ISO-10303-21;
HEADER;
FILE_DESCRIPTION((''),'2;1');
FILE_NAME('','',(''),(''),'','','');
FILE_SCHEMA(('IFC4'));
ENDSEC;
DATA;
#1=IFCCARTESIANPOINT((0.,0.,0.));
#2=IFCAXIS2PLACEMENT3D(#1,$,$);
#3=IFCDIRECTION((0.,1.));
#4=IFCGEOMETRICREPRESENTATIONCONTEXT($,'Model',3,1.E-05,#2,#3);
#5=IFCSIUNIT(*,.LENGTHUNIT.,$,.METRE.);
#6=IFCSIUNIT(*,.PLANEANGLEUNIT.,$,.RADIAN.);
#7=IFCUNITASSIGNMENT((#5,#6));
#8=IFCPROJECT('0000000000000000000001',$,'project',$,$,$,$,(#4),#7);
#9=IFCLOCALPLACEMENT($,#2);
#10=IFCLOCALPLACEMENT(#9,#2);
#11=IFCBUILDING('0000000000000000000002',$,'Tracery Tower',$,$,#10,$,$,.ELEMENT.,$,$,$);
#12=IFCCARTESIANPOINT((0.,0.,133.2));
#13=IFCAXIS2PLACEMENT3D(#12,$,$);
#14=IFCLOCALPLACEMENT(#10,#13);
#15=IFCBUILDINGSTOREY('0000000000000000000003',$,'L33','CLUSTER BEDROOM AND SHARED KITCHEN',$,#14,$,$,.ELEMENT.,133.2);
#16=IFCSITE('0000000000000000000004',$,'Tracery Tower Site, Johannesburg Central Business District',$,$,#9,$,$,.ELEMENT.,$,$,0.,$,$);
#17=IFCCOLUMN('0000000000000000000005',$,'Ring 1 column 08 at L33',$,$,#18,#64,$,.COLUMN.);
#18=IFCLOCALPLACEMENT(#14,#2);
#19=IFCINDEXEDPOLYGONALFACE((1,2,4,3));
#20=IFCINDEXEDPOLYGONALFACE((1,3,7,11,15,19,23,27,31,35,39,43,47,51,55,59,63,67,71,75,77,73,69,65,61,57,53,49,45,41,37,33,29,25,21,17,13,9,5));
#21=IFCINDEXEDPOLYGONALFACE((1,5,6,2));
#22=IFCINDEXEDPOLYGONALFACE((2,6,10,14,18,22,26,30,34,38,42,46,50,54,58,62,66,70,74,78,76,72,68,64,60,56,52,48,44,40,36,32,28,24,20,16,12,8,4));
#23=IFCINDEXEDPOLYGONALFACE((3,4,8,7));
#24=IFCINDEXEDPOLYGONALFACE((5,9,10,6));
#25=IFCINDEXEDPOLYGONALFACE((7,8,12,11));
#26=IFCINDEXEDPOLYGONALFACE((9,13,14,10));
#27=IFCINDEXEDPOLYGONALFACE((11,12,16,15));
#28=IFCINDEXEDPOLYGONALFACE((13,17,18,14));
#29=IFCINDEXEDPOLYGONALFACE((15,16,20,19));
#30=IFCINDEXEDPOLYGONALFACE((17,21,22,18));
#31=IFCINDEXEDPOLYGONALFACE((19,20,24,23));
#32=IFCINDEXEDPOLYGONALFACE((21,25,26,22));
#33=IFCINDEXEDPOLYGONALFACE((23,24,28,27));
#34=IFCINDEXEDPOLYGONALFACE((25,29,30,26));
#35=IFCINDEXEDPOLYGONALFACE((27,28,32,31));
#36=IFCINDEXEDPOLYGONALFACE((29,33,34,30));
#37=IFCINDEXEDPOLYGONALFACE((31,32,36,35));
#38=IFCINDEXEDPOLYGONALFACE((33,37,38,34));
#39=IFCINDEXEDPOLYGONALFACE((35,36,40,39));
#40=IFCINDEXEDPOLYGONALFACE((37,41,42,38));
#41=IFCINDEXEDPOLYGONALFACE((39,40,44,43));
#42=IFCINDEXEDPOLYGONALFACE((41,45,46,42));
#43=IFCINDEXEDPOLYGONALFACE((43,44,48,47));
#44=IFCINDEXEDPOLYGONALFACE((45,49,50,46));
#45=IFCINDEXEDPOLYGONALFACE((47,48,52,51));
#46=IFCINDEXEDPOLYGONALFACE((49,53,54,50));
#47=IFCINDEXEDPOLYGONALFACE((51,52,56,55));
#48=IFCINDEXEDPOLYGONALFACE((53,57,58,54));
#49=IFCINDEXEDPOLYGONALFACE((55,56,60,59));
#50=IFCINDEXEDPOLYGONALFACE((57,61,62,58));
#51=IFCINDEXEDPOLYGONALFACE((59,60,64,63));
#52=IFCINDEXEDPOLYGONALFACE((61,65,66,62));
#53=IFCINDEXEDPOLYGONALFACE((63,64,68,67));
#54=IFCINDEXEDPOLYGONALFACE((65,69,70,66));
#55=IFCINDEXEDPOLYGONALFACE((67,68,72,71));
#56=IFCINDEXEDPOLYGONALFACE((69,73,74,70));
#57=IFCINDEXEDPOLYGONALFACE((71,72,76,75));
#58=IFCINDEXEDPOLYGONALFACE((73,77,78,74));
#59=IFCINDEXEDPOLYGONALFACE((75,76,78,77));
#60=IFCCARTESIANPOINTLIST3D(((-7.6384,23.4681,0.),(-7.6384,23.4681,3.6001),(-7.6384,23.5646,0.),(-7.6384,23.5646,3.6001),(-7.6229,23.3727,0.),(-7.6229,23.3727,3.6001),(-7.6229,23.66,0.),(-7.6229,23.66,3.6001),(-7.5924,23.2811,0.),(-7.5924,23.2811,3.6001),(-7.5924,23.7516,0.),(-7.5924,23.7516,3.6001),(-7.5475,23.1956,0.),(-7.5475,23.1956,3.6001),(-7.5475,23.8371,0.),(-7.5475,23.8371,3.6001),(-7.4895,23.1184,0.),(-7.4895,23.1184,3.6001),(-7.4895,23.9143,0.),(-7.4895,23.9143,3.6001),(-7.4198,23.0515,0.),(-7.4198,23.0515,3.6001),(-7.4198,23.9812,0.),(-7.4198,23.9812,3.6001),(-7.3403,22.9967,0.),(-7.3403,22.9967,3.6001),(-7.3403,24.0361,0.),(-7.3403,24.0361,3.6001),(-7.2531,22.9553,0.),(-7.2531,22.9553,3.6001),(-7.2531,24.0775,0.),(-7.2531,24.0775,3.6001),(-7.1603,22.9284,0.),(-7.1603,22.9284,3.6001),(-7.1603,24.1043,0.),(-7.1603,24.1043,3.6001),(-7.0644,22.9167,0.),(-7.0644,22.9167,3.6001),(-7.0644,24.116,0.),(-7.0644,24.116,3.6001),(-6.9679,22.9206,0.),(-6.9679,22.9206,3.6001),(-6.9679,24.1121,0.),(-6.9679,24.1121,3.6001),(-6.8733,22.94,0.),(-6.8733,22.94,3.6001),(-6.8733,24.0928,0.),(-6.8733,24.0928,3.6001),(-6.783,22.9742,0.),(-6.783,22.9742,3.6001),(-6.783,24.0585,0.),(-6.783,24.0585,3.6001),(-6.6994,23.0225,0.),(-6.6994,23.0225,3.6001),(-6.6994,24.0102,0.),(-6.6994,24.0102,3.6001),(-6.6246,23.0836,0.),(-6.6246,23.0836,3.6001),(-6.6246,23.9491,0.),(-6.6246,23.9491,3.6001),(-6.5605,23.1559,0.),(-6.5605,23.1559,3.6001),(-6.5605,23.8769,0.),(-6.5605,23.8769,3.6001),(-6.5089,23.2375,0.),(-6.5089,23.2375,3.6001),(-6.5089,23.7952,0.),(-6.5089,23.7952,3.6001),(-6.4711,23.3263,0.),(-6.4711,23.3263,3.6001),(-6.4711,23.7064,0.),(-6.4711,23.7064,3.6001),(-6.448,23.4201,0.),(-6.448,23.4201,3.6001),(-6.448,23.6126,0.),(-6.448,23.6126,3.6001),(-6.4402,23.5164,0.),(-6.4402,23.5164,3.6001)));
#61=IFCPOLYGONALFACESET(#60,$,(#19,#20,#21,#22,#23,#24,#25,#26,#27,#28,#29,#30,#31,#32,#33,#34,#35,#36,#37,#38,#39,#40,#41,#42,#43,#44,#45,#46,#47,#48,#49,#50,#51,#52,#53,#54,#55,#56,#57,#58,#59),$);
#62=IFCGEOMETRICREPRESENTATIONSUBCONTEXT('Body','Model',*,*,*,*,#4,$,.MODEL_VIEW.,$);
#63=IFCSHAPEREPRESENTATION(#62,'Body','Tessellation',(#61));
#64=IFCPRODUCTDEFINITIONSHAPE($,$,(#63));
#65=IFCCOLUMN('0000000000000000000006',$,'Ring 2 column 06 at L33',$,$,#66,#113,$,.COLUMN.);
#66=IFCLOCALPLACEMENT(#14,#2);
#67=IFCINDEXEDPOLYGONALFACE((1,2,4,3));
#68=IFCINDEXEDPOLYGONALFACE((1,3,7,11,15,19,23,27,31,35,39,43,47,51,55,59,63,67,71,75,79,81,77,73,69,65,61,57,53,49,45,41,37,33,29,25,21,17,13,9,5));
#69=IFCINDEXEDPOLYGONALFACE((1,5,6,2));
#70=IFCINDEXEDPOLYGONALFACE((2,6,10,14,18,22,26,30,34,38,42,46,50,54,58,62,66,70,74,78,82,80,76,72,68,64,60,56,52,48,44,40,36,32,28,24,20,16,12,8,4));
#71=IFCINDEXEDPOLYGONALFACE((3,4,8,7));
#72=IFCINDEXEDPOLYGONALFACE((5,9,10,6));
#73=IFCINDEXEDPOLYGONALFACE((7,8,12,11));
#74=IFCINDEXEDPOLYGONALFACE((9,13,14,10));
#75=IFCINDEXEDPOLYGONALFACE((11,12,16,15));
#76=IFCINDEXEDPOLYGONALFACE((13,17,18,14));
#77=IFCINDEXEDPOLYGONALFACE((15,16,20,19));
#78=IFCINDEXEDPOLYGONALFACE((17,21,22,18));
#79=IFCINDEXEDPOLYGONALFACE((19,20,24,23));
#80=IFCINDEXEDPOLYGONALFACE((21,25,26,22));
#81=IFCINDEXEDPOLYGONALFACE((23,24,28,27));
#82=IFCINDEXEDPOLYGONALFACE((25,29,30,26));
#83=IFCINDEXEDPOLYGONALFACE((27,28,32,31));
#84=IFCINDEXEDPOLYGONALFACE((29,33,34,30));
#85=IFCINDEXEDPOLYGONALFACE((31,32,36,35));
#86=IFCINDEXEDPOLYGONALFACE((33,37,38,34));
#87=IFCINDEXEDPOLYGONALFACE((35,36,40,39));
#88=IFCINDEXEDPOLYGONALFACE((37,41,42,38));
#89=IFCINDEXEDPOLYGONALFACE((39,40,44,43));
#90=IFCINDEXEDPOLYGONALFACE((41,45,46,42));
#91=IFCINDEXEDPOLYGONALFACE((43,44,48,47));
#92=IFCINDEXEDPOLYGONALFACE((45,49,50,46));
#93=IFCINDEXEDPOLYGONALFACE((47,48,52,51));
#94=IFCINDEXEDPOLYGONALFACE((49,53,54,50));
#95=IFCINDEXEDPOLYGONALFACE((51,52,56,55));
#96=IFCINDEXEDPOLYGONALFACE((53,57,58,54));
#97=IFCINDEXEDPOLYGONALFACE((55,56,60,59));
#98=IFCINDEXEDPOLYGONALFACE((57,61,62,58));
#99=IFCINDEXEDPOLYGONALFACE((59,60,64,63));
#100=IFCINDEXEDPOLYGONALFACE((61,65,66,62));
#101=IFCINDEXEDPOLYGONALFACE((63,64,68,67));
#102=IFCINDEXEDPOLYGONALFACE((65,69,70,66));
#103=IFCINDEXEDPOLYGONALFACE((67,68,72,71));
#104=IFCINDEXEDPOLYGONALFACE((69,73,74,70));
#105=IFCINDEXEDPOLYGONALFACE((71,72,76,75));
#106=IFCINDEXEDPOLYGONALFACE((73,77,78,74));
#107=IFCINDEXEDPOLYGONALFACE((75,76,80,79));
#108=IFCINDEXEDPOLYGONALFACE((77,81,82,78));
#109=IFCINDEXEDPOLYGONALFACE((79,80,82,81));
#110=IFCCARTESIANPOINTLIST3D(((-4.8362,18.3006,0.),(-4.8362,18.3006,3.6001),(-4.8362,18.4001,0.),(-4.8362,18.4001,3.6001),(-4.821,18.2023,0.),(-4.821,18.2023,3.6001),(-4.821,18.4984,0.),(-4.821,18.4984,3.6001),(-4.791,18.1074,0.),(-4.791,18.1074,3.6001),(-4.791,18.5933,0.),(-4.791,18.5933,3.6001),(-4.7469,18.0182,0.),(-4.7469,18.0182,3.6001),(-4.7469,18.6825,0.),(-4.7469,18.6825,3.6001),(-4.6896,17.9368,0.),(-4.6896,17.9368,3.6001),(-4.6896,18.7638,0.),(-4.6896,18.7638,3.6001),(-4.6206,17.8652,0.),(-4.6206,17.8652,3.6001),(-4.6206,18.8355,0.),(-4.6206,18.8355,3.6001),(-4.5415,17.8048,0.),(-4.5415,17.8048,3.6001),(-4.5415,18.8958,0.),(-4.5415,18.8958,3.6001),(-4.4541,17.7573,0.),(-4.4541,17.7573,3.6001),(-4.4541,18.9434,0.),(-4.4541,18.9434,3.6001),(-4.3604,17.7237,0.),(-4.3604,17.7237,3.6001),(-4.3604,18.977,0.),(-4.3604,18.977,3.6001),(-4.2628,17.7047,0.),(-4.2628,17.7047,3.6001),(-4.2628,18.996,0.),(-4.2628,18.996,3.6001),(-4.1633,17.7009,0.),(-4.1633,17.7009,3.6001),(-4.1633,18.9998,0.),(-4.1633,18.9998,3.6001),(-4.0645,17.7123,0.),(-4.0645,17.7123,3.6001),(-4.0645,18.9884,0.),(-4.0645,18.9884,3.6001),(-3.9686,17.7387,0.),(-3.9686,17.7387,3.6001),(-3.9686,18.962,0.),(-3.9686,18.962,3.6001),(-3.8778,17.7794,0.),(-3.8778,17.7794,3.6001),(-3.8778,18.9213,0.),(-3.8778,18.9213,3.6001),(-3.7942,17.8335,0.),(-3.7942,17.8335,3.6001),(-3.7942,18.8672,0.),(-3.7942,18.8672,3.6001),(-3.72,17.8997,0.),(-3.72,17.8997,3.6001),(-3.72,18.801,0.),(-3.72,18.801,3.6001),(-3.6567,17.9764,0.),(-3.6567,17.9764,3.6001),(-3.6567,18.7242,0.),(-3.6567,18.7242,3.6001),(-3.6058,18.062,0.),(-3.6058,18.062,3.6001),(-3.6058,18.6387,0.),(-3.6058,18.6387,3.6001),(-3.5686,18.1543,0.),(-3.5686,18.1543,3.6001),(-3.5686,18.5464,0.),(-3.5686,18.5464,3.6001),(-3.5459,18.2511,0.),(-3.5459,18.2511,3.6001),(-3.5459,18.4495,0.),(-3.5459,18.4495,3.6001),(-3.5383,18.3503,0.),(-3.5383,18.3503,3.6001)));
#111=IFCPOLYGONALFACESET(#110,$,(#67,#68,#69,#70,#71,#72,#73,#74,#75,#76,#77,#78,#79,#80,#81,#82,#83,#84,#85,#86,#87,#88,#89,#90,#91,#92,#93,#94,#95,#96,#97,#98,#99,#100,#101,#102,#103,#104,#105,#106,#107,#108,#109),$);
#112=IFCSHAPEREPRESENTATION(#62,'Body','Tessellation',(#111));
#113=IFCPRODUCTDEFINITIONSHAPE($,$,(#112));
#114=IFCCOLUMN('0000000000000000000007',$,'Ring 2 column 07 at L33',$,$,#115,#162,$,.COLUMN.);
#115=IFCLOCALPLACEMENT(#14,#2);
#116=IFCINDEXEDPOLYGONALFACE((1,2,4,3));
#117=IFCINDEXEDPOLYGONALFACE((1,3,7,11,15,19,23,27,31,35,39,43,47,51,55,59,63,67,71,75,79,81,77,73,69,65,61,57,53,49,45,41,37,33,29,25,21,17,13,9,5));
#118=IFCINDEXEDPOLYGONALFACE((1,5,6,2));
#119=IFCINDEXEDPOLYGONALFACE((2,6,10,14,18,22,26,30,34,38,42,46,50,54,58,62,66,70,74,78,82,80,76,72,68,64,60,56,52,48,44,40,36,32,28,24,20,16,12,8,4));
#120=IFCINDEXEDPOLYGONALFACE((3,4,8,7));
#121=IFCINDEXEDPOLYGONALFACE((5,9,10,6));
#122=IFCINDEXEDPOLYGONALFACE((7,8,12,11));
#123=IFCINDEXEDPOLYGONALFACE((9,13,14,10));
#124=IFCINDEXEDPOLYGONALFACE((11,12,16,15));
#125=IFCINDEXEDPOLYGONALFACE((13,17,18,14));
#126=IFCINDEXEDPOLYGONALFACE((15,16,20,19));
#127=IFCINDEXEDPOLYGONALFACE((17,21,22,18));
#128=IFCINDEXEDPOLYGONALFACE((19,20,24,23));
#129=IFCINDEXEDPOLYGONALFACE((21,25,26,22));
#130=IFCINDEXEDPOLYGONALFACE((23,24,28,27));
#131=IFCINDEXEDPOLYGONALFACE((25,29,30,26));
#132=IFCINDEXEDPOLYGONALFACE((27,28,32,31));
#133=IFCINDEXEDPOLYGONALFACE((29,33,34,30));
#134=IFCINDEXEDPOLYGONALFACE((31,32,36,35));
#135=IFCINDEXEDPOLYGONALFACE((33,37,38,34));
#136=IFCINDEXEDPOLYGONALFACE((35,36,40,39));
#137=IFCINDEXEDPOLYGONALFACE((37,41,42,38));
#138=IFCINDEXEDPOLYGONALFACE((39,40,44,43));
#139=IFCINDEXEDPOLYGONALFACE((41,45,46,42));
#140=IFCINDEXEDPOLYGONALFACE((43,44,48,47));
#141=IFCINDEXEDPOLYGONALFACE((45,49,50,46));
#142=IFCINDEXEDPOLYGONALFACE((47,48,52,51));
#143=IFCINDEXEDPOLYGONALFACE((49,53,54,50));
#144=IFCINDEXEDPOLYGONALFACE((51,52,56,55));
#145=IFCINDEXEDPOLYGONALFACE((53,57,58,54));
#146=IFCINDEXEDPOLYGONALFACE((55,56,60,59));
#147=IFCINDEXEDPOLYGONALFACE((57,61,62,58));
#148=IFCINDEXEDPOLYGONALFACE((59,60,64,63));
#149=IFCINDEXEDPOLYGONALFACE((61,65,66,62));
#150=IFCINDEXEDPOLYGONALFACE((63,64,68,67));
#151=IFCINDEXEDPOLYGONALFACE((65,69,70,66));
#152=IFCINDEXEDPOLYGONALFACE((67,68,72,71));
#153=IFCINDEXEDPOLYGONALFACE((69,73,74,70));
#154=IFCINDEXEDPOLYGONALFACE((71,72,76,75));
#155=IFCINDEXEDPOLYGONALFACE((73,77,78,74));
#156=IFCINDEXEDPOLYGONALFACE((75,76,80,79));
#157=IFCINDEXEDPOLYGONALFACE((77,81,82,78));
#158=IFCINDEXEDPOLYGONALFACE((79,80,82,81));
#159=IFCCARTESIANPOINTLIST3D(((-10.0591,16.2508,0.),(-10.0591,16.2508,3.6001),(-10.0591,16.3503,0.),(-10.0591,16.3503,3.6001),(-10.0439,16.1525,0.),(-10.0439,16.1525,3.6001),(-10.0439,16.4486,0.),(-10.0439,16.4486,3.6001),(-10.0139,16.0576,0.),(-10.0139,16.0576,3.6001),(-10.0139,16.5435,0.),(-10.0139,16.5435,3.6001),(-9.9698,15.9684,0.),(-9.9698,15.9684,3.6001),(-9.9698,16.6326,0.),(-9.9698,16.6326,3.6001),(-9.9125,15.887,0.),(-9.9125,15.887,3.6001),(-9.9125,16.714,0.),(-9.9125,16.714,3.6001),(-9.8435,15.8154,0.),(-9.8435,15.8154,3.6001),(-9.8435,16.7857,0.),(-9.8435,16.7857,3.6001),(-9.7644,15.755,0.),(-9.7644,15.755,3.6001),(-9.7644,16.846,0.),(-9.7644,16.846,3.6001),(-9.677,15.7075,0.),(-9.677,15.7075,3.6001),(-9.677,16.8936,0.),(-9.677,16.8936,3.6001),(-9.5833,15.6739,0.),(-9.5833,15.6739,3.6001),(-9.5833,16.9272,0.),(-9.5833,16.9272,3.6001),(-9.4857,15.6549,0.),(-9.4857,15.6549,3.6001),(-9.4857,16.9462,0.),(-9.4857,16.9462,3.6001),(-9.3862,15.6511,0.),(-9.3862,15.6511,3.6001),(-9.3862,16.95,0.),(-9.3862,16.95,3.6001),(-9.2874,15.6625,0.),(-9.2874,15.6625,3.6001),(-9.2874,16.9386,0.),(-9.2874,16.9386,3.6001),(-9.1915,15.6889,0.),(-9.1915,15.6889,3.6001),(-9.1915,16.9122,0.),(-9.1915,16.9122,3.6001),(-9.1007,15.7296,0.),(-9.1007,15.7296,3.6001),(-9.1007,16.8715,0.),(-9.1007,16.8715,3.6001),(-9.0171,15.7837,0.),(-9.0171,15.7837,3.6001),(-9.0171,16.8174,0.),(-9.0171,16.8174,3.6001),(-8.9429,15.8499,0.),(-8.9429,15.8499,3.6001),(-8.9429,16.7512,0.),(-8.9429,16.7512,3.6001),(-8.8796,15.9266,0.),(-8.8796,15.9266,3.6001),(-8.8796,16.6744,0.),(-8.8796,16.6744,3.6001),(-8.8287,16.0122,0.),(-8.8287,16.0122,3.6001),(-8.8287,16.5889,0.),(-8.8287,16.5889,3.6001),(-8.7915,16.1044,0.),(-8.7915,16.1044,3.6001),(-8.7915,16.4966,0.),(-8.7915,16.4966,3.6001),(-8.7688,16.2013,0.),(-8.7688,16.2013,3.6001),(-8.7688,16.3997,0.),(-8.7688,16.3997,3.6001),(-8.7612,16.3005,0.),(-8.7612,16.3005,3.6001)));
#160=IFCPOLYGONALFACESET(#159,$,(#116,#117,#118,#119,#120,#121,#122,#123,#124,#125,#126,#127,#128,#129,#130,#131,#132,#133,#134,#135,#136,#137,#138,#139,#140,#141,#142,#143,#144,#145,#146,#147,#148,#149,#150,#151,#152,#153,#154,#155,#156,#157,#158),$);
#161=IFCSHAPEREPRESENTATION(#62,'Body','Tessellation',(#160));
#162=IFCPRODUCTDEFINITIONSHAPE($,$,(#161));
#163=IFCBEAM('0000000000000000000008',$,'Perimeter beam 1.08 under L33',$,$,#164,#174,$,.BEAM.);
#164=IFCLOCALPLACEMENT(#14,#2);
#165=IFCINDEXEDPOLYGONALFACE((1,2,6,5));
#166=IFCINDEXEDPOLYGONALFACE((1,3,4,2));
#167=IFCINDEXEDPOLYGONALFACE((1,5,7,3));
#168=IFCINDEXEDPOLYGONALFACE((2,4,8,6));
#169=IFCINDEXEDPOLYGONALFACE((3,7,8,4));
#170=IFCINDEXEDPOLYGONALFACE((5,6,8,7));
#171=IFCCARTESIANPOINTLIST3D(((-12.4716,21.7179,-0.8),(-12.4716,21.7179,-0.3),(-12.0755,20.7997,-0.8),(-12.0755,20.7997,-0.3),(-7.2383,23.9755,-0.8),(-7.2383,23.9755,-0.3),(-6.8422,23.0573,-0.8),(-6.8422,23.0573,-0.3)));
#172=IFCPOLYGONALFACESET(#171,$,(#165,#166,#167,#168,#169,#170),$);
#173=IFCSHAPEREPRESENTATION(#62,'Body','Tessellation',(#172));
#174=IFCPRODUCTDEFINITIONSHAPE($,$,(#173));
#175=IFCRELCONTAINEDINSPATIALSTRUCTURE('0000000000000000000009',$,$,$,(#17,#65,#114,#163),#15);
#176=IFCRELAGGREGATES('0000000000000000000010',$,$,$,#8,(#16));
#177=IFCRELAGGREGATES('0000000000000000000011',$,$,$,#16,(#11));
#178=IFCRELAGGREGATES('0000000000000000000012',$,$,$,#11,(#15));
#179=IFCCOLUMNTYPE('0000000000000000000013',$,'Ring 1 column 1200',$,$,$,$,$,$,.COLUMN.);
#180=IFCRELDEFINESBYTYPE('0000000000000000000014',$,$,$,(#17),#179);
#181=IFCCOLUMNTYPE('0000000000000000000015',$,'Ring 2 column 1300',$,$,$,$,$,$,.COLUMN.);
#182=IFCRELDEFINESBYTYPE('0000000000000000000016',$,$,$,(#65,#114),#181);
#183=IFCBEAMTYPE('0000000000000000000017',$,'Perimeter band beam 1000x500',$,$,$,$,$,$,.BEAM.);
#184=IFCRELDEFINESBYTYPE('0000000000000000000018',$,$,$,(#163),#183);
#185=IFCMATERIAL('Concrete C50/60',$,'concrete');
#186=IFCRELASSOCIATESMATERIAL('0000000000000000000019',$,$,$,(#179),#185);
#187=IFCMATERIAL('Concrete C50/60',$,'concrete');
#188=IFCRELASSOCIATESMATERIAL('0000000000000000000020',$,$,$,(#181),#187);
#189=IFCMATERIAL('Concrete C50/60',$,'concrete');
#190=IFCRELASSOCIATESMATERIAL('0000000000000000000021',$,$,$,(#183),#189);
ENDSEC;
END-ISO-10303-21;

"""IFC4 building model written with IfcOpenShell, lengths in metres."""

from ifc_helpers import new_model, si_unit, direction, frame, origin, origin_2d, place, context, subcontext, project, spatial, rectangle, circle, extrude, material, material_profile, profile_set, type_object, element, save


model = new_model("IFC4")

# Units and contexts
model_context = context("Model", 3, precision=1e-05, world=origin(), true_north=direction((0.0, 1.0)))
body_context = subcontext(model_context, "Body", "Model", "MODEL_VIEW")
ifc_project = project(units=[si_unit("LENGTHUNIT", "METRE"), si_unit("PLANEANGLEUNIT", "RADIAN")], contexts=[model_context])

# Site, building, storey
site_placement = place(None, origin())
site = spatial("IfcSite", under=ifc_project, at=site_placement, Name="Tracery Tower Site, Johannesburg Central Business District", CompositionType="ELEMENT", RefElevation=0.0)
building_placement = place(site_placement, origin())
building = spatial("IfcBuilding", under=site, at=building_placement, Name="Tracery Tower", CompositionType="ELEMENT")
storey_placement = place(building_placement, frame((0.0, 0.0, 133.2)))
storey = spatial("IfcBuildingStorey", under=building, at=storey_placement, Name="L33", Description="CLUSTER BEDROOM AND SHARED KITCHEN", CompositionType="ELEMENT", Elevation=133.2)

# Columns
ifc_material_1 = material(Name="Concrete C50/60", Category="concrete")
ifc_material_profile_1 = material_profile(ifc_material_1, circle(Radius=0.6001, at=origin_2d()), Name="RC D1200")
ifc_profile_set_1 = profile_set([ifc_material_profile_1], Name="Concrete C50/60")
column_type_1 = type_object("IfcColumnType", Name="Ring 1 column 1200", PredefinedType="COLUMN", material=ifc_profile_set_1)
column_placement = place(storey_placement, frame((-7.0403, 23.5164, 0.0), z_axis=(0.0, 0.0, 1.0), x_axis=(1.0, 0.0, 0.0)))
element("IfcColumn", 1, at=column_placement, inside=storey, type_object=column_type_1, Name="Ring 1 column 08 at L33", PredefinedType="COLUMN", context=body_context, shape_type="SweptSolid", body=[
    extrude(circle(Radius=0.6001, at=origin_2d()), origin(), (0.0, 0.0, 1.0), 3.6001),
])
ifc_material_2 = material(Name="Concrete C50/60", Category="concrete")
ifc_material_profile_2 = material_profile(ifc_material_2, circle(Radius=0.6499, at=origin_2d()), Name="RC D1300")
ifc_profile_set_2 = profile_set([ifc_material_profile_2], Name="Concrete C50/60")
column_type_2 = type_object("IfcColumnType", Name="Ring 2 column 1300", PredefinedType="COLUMN", material=ifc_profile_set_2)
for number, where, z_axis, x_axis, name in (
    (2, (-4.1882, 18.3503, 0.0), (0.0, 0.0, 1.0), (1.0, 0.0, 0.0), "Ring 2 column 06 at L33"),
    (3, (-9.4111, 16.3005, 0.0), (0.0, 0.0, 1.0), (1.0, 0.0, 0.0), "Ring 2 column 07 at L33"),
):
    element("IfcColumn", number, at=place(storey_placement, frame(where, z_axis=z_axis, x_axis=x_axis)), inside=storey, type_object=column_type_2, Name=name, PredefinedType="COLUMN", context=body_context, shape_type="SweptSolid", body=[
        extrude(circle(Radius=0.6499, at=origin_2d()), origin(), (0.0, 0.0, 1.0), 3.6001),
    ])

# Beam
ifc_material_3 = material(Name="Concrete C50/60", Category="concrete")
ifc_material_profile_3 = material_profile(ifc_material_3, rectangle(XDim=1.0, YDim=0.5, at=origin_2d()), Name="RC 1000x500")
ifc_profile_set_3 = profile_set([ifc_material_profile_3], Name="Concrete C50/60")
beam_type = type_object("IfcBeamType", Name="Perimeter band beam 1000x500", PredefinedType="BEAM", material=ifc_profile_set_3)
beam_placement = place(storey_placement, frame((-7.0403, 23.5164, -0.55), z_axis=(-0.91821, -0.396095, 0.0), x_axis=(0.396095, -0.91821, 0.0)))
element("IfcBeam", 4, at=beam_placement, inside=storey, type_object=beam_type, Name="Perimeter beam 1.08 under L33", PredefinedType="BEAM", context=body_context, shape_type="SweptSolid", body=[
    extrude(rectangle(XDim=1.0, YDim=0.5, at=origin_2d()), origin(), (0.0, 0.0, 1.0), 5.6995),
])

save(model, "model.ifc")
